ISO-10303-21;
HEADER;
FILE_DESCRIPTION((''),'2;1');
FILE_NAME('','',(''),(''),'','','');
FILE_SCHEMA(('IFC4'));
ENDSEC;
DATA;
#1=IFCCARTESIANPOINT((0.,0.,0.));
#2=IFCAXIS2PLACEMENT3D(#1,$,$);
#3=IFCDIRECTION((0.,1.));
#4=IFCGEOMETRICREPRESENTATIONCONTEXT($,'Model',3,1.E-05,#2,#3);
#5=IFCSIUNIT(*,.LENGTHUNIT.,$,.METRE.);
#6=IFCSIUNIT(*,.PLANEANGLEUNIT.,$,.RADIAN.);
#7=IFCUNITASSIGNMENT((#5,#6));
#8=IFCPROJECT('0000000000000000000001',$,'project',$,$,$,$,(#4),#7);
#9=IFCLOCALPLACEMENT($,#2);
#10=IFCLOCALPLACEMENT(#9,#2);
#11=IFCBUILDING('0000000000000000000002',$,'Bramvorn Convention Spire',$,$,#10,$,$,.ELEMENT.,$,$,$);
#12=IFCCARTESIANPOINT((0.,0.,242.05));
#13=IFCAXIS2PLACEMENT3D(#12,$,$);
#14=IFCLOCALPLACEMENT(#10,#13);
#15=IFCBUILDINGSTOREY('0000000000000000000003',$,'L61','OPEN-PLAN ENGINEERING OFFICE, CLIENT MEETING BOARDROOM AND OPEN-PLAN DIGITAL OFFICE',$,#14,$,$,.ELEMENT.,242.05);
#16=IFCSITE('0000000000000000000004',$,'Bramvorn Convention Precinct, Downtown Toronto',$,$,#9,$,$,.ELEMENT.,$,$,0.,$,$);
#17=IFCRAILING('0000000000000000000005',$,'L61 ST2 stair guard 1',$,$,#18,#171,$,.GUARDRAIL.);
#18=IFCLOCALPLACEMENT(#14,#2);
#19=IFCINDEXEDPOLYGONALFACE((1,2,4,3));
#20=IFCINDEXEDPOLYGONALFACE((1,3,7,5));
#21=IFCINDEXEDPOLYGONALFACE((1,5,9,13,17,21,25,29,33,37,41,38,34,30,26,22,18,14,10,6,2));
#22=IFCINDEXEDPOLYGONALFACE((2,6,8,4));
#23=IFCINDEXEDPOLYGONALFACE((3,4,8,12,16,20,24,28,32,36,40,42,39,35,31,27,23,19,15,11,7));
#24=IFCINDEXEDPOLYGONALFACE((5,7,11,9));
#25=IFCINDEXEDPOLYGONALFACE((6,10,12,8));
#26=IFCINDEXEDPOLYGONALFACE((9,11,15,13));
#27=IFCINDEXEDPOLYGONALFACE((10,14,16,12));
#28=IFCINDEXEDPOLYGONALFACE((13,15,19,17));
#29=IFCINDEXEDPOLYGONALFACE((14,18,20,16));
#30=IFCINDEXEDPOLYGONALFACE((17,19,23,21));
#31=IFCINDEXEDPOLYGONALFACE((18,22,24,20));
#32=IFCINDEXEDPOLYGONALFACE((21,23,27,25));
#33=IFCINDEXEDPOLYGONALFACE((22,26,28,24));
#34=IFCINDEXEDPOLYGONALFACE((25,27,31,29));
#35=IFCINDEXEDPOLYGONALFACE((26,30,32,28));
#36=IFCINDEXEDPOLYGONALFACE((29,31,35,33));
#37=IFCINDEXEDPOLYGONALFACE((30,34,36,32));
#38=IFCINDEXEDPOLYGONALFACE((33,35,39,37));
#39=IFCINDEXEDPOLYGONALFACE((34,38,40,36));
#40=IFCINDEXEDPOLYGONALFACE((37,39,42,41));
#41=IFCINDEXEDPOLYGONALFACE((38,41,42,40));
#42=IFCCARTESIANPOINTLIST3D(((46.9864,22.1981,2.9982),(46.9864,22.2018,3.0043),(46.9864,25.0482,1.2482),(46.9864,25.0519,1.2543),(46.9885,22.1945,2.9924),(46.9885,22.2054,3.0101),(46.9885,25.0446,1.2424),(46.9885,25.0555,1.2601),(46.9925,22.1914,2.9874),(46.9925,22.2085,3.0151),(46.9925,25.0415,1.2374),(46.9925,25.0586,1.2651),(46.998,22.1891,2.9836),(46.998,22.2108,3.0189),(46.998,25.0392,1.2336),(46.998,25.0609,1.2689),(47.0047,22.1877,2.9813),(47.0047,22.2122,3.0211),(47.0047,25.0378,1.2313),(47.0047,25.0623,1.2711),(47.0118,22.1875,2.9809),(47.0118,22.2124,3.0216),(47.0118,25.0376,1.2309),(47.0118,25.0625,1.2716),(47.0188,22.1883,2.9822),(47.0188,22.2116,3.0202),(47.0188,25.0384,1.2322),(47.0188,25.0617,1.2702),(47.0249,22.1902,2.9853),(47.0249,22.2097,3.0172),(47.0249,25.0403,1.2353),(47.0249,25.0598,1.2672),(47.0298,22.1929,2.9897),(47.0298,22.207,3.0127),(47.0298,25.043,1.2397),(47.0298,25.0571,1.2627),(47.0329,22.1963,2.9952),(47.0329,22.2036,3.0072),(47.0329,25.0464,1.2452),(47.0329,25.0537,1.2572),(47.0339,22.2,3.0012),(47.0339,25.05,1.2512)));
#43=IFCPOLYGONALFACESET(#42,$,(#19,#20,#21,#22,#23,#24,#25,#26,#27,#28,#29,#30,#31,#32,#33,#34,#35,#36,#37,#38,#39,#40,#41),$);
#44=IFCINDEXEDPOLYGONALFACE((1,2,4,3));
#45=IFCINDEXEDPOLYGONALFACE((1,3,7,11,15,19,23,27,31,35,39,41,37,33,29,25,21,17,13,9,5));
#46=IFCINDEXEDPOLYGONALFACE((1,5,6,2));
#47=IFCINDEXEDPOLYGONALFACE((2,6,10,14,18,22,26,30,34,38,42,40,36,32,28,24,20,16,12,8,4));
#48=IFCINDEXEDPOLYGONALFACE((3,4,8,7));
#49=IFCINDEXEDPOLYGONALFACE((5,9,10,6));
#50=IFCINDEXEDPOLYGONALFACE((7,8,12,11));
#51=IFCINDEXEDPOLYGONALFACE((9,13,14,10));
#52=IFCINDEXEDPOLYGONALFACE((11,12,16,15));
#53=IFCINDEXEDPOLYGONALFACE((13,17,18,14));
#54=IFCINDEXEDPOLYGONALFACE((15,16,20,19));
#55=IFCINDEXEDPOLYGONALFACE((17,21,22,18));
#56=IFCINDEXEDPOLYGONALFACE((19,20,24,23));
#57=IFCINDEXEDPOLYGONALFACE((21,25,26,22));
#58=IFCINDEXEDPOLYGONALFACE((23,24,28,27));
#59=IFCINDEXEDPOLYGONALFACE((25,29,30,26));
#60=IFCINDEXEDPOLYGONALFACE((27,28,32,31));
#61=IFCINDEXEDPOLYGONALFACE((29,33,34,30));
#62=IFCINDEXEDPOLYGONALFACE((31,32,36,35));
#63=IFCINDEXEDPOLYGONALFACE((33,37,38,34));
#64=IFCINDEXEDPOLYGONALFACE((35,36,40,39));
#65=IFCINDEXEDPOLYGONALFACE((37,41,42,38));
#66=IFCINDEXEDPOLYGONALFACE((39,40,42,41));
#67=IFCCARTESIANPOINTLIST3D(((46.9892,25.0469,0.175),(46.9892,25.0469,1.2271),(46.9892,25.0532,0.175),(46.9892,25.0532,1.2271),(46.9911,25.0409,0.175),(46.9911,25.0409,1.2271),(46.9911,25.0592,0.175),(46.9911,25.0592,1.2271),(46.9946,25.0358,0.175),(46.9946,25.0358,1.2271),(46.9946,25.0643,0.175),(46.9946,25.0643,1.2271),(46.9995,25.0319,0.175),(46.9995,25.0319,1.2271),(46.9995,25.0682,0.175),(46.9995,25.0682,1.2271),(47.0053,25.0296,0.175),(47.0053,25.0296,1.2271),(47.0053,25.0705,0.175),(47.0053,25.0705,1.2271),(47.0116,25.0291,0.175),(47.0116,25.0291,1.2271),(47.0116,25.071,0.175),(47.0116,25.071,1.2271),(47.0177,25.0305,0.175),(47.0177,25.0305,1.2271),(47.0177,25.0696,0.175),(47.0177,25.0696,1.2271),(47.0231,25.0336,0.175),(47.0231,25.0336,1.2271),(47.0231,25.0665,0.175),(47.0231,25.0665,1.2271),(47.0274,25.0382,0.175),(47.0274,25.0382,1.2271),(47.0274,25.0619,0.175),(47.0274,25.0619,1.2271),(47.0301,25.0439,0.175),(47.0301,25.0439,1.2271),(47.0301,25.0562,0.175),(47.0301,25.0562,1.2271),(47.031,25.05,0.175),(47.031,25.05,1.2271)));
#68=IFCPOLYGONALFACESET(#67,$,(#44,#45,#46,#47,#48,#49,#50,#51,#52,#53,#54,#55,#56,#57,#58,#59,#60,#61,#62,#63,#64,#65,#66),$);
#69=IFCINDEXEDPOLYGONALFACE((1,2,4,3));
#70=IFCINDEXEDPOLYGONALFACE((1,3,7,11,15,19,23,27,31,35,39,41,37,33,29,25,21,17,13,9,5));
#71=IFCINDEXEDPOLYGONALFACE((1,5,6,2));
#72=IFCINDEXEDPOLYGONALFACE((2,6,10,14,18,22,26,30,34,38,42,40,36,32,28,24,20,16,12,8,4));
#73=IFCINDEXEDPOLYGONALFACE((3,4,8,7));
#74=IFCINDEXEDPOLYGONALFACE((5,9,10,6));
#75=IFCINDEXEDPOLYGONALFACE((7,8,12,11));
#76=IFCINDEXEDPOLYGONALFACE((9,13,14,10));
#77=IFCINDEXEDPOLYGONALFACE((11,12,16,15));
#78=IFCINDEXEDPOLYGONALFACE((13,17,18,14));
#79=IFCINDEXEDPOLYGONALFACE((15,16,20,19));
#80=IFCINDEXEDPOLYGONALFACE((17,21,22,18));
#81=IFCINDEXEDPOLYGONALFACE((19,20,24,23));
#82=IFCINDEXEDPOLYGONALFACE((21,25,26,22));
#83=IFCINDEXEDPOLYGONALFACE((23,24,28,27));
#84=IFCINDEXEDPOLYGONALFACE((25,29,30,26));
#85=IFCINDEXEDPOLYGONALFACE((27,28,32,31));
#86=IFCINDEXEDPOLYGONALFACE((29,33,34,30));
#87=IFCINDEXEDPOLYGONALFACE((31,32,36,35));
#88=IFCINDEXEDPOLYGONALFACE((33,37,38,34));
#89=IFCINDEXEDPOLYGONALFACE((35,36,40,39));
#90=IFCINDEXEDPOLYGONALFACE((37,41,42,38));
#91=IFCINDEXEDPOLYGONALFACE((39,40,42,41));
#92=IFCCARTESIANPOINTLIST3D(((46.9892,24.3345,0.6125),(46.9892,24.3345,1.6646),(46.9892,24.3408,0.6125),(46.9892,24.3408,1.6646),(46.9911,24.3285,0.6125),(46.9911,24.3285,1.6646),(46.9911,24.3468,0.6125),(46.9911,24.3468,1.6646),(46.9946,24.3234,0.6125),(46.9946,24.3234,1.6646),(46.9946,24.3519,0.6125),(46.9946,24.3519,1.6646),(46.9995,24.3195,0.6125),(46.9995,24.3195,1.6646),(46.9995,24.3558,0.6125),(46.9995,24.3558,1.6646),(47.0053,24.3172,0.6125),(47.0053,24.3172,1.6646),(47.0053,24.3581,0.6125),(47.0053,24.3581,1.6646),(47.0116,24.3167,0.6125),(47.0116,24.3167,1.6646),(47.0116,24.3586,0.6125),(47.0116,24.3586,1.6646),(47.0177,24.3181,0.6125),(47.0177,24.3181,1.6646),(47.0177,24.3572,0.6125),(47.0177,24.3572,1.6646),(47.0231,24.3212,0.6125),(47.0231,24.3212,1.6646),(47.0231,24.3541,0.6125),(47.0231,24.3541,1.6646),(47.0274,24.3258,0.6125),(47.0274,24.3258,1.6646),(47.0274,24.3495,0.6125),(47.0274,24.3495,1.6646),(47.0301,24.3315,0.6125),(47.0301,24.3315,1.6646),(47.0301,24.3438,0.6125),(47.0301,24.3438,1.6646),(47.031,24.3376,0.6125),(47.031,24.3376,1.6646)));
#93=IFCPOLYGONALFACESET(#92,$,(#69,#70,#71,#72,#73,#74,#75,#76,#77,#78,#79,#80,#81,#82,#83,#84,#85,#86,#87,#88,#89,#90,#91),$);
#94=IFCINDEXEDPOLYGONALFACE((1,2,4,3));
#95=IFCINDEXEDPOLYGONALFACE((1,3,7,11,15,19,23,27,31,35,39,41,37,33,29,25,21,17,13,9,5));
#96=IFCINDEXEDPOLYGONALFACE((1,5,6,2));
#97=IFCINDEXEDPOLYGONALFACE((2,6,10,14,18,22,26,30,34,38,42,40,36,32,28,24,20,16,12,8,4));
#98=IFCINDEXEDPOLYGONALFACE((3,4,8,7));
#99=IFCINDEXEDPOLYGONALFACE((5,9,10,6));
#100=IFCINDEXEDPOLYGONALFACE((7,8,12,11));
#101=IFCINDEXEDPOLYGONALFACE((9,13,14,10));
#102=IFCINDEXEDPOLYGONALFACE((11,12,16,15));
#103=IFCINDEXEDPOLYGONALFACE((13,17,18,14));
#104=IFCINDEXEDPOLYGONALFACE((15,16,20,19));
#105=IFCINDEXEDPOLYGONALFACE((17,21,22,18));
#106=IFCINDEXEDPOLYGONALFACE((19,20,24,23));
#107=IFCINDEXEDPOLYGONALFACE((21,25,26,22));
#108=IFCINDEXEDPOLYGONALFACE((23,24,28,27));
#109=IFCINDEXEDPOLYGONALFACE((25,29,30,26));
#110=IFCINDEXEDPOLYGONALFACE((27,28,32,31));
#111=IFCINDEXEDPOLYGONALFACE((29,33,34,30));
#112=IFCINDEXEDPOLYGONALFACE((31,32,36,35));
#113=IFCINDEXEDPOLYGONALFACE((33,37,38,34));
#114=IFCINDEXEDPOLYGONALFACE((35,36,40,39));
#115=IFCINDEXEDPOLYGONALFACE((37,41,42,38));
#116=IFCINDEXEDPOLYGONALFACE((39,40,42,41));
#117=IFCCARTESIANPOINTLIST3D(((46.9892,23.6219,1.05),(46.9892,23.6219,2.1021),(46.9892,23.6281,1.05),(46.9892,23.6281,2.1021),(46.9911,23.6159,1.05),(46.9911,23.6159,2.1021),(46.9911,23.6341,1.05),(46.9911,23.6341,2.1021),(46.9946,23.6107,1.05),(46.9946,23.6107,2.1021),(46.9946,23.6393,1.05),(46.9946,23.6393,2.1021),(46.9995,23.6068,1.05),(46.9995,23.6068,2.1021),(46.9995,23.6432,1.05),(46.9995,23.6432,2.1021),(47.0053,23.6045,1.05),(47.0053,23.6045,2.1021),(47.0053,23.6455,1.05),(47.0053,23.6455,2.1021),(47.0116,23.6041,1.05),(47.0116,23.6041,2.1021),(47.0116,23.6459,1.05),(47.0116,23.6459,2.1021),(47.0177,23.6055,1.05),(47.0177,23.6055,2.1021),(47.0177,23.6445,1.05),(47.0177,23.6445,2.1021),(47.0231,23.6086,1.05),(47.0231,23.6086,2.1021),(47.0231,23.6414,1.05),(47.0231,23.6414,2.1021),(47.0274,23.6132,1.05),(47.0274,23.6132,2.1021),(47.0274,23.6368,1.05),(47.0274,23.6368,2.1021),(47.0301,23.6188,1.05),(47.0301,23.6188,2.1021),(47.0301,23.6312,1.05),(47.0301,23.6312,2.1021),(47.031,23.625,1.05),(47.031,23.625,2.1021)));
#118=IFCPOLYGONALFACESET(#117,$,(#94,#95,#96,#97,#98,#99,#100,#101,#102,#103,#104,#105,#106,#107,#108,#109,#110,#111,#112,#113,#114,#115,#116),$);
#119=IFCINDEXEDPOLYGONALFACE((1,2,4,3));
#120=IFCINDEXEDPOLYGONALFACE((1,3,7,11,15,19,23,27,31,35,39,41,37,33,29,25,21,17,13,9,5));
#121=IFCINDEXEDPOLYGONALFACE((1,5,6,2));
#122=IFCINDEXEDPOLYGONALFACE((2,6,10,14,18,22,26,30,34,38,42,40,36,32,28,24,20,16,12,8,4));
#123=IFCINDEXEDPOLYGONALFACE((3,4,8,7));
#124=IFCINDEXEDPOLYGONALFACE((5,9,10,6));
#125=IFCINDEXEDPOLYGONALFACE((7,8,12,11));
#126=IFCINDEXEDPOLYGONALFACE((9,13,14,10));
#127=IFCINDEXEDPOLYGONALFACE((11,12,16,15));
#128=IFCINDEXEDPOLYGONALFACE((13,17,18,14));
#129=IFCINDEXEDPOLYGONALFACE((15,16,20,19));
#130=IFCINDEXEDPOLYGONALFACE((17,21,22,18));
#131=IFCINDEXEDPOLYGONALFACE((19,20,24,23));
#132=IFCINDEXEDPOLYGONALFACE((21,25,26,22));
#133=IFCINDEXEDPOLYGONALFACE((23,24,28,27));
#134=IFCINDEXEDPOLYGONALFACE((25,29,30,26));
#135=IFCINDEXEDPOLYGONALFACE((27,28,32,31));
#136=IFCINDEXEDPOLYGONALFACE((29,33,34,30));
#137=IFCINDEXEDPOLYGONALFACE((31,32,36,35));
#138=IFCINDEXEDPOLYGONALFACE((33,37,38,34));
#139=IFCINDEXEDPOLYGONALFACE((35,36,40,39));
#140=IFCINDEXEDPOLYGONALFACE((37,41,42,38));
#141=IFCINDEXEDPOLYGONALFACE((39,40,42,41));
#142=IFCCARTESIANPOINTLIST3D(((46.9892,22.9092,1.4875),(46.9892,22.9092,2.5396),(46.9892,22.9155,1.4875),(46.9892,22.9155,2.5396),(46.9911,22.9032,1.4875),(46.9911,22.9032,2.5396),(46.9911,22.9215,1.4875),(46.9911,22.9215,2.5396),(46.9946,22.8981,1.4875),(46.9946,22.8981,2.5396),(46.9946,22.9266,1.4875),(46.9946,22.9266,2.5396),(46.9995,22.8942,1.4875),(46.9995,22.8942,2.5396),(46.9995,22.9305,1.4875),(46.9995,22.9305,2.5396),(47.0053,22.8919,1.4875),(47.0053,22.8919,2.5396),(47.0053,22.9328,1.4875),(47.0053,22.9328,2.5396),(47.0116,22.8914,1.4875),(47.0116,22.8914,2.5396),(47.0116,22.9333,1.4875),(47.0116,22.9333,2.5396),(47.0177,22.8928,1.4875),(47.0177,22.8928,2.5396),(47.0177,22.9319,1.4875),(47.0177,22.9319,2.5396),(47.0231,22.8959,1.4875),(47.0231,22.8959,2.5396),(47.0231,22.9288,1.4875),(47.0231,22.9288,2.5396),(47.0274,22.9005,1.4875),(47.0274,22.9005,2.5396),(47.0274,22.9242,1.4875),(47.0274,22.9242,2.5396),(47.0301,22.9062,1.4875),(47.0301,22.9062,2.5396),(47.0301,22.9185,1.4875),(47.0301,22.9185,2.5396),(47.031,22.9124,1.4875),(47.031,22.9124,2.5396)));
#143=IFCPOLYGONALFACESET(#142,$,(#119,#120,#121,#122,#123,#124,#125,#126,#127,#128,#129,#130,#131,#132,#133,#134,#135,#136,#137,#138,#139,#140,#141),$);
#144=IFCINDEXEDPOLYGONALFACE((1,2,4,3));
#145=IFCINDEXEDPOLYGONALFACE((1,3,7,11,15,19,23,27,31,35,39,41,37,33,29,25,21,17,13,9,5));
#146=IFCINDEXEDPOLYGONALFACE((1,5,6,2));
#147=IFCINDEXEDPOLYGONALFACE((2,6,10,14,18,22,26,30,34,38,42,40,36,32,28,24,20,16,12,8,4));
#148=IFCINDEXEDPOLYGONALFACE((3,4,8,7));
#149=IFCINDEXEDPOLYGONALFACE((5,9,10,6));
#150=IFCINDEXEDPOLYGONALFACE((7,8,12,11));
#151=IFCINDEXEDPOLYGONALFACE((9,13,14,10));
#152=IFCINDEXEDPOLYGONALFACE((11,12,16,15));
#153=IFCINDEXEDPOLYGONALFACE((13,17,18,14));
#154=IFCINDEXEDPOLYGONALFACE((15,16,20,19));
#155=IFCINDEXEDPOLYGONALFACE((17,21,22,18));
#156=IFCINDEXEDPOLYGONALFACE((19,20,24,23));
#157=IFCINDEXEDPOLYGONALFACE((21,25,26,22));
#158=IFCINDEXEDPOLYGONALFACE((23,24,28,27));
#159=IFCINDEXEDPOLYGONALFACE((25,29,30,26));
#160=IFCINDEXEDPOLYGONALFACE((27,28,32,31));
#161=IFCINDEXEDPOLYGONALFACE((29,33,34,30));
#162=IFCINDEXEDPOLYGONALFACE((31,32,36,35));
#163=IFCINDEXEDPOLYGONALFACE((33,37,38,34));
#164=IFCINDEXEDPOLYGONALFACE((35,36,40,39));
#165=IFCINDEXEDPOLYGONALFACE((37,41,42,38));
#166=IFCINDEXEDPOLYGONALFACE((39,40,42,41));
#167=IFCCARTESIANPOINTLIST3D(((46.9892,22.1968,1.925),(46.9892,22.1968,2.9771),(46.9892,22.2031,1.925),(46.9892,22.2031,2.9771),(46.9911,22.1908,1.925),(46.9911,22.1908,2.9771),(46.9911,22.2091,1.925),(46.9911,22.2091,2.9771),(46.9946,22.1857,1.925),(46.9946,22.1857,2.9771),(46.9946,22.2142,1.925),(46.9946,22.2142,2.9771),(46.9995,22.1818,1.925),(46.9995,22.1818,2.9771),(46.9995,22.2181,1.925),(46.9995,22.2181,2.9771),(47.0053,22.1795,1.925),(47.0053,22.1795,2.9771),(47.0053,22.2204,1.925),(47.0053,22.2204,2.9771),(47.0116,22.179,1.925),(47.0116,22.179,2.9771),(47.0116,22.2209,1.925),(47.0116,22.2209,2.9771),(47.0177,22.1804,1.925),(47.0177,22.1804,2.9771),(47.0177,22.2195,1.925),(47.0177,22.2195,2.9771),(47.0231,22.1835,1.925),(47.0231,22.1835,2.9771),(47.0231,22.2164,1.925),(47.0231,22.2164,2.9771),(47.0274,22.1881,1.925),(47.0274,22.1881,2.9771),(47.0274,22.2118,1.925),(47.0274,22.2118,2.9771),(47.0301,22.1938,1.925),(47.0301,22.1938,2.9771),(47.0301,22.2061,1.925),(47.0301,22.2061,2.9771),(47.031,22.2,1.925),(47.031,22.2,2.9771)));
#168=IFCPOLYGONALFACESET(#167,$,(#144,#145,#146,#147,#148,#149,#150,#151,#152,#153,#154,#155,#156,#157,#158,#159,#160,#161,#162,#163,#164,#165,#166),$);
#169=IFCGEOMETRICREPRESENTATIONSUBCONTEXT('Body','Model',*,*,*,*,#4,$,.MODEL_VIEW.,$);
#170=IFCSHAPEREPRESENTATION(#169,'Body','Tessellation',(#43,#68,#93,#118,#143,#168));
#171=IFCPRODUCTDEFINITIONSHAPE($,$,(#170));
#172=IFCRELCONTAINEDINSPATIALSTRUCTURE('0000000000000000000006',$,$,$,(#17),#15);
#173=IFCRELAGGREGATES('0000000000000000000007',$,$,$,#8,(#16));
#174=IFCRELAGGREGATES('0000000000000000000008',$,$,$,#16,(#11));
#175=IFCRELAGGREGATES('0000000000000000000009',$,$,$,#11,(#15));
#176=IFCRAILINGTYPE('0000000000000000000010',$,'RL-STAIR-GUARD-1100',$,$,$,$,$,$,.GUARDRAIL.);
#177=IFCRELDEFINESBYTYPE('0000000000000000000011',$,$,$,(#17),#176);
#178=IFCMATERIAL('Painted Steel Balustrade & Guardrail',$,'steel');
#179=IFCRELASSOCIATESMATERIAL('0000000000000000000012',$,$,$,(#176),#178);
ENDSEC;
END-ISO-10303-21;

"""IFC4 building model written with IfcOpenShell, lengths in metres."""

from ifc_helpers import new_model, si_unit, direction, frame, origin, origin_2d, place, context, subcontext, project, spatial, circle, extrude, material, type_object, element, save


model = new_model("IFC4")

# Units and contexts
model_context = context("Model", 3, precision=1e-05, world=origin(), true_north=direction((0.0, 1.0)))
body_context = subcontext(model_context, "Body", "Model", "MODEL_VIEW")
ifc_project = project(units=[si_unit("LENGTHUNIT", "METRE"), si_unit("PLANEANGLEUNIT", "RADIAN")], contexts=[model_context])

# Site, building, storey
site_placement = place(None, origin())
site = spatial("IfcSite", under=ifc_project, at=site_placement, Name="Bramvorn Convention Precinct, Downtown Toronto", CompositionType="ELEMENT", RefElevation=0.0)
building_placement = place(site_placement, origin())
building = spatial("IfcBuilding", under=site, at=building_placement, Name="Bramvorn Convention Spire", CompositionType="ELEMENT")
storey_placement = place(building_placement, frame((0.0, 0.0, 242.05)))
storey = spatial("IfcBuildingStorey", under=building, at=storey_placement, Name="L61", Description="OPEN-PLAN ENGINEERING OFFICE, CLIENT MEETING BOARDROOM AND OPEN-PLAN DIGITAL OFFICE", CompositionType="ELEMENT", Elevation=242.05)

# Railing
ifc_material_1 = material(Name="Painted Steel Balustrade & Guardrail", Category="steel")
railing_type_1 = type_object("IfcRailingType", Name="RL-STAIR-GUARD-1100", PredefinedType="GUARDRAIL", material=ifc_material_1)
railing_1_placement = place(storey_placement, frame((47.01, 25.05, 0.175)))
element("IfcRailing", 1, at=railing_1_placement, inside=storey, type_object=railing_type_1, Name="L61 ST2 stair guard 1", PredefinedType="GUARDRAIL", context=body_context, shape_type="SweptSolid", body=[
    extrude(circle(Radius=0.0239, at=origin_2d()), frame((0.0, 0.0, 1.0762), z_axis=(0.0, -0.852179, 0.52325), x_axis=(1.0, 0.0, 0.0)), (0.0, 0.0, 1.0), 3.3445),
    extrude(circle(Radius=0.021, at=origin_2d()), origin(), (0.0, 0.0, 1.0), 1.052),
    extrude(circle(Radius=0.021, at=origin_2d()), frame((0.0, -0.7124, 0.4375)), (0.0, 0.0, 1.0), 1.052),
    extrude(circle(Radius=0.021, at=origin_2d()), frame((0.0, -1.425, 0.875)), (0.0, 0.0, 1.0), 1.052),
    extrude(circle(Radius=0.021, at=origin_2d()), frame((0.0, -2.1377, 1.3125)), (0.0, 0.0, 1.0), 1.052),
    extrude(circle(Radius=0.021, at=origin_2d()), frame((0.0, -2.8501, 1.75)), (0.0, 0.0, 1.0), 1.052),
])

save(model, "model.ifc")
